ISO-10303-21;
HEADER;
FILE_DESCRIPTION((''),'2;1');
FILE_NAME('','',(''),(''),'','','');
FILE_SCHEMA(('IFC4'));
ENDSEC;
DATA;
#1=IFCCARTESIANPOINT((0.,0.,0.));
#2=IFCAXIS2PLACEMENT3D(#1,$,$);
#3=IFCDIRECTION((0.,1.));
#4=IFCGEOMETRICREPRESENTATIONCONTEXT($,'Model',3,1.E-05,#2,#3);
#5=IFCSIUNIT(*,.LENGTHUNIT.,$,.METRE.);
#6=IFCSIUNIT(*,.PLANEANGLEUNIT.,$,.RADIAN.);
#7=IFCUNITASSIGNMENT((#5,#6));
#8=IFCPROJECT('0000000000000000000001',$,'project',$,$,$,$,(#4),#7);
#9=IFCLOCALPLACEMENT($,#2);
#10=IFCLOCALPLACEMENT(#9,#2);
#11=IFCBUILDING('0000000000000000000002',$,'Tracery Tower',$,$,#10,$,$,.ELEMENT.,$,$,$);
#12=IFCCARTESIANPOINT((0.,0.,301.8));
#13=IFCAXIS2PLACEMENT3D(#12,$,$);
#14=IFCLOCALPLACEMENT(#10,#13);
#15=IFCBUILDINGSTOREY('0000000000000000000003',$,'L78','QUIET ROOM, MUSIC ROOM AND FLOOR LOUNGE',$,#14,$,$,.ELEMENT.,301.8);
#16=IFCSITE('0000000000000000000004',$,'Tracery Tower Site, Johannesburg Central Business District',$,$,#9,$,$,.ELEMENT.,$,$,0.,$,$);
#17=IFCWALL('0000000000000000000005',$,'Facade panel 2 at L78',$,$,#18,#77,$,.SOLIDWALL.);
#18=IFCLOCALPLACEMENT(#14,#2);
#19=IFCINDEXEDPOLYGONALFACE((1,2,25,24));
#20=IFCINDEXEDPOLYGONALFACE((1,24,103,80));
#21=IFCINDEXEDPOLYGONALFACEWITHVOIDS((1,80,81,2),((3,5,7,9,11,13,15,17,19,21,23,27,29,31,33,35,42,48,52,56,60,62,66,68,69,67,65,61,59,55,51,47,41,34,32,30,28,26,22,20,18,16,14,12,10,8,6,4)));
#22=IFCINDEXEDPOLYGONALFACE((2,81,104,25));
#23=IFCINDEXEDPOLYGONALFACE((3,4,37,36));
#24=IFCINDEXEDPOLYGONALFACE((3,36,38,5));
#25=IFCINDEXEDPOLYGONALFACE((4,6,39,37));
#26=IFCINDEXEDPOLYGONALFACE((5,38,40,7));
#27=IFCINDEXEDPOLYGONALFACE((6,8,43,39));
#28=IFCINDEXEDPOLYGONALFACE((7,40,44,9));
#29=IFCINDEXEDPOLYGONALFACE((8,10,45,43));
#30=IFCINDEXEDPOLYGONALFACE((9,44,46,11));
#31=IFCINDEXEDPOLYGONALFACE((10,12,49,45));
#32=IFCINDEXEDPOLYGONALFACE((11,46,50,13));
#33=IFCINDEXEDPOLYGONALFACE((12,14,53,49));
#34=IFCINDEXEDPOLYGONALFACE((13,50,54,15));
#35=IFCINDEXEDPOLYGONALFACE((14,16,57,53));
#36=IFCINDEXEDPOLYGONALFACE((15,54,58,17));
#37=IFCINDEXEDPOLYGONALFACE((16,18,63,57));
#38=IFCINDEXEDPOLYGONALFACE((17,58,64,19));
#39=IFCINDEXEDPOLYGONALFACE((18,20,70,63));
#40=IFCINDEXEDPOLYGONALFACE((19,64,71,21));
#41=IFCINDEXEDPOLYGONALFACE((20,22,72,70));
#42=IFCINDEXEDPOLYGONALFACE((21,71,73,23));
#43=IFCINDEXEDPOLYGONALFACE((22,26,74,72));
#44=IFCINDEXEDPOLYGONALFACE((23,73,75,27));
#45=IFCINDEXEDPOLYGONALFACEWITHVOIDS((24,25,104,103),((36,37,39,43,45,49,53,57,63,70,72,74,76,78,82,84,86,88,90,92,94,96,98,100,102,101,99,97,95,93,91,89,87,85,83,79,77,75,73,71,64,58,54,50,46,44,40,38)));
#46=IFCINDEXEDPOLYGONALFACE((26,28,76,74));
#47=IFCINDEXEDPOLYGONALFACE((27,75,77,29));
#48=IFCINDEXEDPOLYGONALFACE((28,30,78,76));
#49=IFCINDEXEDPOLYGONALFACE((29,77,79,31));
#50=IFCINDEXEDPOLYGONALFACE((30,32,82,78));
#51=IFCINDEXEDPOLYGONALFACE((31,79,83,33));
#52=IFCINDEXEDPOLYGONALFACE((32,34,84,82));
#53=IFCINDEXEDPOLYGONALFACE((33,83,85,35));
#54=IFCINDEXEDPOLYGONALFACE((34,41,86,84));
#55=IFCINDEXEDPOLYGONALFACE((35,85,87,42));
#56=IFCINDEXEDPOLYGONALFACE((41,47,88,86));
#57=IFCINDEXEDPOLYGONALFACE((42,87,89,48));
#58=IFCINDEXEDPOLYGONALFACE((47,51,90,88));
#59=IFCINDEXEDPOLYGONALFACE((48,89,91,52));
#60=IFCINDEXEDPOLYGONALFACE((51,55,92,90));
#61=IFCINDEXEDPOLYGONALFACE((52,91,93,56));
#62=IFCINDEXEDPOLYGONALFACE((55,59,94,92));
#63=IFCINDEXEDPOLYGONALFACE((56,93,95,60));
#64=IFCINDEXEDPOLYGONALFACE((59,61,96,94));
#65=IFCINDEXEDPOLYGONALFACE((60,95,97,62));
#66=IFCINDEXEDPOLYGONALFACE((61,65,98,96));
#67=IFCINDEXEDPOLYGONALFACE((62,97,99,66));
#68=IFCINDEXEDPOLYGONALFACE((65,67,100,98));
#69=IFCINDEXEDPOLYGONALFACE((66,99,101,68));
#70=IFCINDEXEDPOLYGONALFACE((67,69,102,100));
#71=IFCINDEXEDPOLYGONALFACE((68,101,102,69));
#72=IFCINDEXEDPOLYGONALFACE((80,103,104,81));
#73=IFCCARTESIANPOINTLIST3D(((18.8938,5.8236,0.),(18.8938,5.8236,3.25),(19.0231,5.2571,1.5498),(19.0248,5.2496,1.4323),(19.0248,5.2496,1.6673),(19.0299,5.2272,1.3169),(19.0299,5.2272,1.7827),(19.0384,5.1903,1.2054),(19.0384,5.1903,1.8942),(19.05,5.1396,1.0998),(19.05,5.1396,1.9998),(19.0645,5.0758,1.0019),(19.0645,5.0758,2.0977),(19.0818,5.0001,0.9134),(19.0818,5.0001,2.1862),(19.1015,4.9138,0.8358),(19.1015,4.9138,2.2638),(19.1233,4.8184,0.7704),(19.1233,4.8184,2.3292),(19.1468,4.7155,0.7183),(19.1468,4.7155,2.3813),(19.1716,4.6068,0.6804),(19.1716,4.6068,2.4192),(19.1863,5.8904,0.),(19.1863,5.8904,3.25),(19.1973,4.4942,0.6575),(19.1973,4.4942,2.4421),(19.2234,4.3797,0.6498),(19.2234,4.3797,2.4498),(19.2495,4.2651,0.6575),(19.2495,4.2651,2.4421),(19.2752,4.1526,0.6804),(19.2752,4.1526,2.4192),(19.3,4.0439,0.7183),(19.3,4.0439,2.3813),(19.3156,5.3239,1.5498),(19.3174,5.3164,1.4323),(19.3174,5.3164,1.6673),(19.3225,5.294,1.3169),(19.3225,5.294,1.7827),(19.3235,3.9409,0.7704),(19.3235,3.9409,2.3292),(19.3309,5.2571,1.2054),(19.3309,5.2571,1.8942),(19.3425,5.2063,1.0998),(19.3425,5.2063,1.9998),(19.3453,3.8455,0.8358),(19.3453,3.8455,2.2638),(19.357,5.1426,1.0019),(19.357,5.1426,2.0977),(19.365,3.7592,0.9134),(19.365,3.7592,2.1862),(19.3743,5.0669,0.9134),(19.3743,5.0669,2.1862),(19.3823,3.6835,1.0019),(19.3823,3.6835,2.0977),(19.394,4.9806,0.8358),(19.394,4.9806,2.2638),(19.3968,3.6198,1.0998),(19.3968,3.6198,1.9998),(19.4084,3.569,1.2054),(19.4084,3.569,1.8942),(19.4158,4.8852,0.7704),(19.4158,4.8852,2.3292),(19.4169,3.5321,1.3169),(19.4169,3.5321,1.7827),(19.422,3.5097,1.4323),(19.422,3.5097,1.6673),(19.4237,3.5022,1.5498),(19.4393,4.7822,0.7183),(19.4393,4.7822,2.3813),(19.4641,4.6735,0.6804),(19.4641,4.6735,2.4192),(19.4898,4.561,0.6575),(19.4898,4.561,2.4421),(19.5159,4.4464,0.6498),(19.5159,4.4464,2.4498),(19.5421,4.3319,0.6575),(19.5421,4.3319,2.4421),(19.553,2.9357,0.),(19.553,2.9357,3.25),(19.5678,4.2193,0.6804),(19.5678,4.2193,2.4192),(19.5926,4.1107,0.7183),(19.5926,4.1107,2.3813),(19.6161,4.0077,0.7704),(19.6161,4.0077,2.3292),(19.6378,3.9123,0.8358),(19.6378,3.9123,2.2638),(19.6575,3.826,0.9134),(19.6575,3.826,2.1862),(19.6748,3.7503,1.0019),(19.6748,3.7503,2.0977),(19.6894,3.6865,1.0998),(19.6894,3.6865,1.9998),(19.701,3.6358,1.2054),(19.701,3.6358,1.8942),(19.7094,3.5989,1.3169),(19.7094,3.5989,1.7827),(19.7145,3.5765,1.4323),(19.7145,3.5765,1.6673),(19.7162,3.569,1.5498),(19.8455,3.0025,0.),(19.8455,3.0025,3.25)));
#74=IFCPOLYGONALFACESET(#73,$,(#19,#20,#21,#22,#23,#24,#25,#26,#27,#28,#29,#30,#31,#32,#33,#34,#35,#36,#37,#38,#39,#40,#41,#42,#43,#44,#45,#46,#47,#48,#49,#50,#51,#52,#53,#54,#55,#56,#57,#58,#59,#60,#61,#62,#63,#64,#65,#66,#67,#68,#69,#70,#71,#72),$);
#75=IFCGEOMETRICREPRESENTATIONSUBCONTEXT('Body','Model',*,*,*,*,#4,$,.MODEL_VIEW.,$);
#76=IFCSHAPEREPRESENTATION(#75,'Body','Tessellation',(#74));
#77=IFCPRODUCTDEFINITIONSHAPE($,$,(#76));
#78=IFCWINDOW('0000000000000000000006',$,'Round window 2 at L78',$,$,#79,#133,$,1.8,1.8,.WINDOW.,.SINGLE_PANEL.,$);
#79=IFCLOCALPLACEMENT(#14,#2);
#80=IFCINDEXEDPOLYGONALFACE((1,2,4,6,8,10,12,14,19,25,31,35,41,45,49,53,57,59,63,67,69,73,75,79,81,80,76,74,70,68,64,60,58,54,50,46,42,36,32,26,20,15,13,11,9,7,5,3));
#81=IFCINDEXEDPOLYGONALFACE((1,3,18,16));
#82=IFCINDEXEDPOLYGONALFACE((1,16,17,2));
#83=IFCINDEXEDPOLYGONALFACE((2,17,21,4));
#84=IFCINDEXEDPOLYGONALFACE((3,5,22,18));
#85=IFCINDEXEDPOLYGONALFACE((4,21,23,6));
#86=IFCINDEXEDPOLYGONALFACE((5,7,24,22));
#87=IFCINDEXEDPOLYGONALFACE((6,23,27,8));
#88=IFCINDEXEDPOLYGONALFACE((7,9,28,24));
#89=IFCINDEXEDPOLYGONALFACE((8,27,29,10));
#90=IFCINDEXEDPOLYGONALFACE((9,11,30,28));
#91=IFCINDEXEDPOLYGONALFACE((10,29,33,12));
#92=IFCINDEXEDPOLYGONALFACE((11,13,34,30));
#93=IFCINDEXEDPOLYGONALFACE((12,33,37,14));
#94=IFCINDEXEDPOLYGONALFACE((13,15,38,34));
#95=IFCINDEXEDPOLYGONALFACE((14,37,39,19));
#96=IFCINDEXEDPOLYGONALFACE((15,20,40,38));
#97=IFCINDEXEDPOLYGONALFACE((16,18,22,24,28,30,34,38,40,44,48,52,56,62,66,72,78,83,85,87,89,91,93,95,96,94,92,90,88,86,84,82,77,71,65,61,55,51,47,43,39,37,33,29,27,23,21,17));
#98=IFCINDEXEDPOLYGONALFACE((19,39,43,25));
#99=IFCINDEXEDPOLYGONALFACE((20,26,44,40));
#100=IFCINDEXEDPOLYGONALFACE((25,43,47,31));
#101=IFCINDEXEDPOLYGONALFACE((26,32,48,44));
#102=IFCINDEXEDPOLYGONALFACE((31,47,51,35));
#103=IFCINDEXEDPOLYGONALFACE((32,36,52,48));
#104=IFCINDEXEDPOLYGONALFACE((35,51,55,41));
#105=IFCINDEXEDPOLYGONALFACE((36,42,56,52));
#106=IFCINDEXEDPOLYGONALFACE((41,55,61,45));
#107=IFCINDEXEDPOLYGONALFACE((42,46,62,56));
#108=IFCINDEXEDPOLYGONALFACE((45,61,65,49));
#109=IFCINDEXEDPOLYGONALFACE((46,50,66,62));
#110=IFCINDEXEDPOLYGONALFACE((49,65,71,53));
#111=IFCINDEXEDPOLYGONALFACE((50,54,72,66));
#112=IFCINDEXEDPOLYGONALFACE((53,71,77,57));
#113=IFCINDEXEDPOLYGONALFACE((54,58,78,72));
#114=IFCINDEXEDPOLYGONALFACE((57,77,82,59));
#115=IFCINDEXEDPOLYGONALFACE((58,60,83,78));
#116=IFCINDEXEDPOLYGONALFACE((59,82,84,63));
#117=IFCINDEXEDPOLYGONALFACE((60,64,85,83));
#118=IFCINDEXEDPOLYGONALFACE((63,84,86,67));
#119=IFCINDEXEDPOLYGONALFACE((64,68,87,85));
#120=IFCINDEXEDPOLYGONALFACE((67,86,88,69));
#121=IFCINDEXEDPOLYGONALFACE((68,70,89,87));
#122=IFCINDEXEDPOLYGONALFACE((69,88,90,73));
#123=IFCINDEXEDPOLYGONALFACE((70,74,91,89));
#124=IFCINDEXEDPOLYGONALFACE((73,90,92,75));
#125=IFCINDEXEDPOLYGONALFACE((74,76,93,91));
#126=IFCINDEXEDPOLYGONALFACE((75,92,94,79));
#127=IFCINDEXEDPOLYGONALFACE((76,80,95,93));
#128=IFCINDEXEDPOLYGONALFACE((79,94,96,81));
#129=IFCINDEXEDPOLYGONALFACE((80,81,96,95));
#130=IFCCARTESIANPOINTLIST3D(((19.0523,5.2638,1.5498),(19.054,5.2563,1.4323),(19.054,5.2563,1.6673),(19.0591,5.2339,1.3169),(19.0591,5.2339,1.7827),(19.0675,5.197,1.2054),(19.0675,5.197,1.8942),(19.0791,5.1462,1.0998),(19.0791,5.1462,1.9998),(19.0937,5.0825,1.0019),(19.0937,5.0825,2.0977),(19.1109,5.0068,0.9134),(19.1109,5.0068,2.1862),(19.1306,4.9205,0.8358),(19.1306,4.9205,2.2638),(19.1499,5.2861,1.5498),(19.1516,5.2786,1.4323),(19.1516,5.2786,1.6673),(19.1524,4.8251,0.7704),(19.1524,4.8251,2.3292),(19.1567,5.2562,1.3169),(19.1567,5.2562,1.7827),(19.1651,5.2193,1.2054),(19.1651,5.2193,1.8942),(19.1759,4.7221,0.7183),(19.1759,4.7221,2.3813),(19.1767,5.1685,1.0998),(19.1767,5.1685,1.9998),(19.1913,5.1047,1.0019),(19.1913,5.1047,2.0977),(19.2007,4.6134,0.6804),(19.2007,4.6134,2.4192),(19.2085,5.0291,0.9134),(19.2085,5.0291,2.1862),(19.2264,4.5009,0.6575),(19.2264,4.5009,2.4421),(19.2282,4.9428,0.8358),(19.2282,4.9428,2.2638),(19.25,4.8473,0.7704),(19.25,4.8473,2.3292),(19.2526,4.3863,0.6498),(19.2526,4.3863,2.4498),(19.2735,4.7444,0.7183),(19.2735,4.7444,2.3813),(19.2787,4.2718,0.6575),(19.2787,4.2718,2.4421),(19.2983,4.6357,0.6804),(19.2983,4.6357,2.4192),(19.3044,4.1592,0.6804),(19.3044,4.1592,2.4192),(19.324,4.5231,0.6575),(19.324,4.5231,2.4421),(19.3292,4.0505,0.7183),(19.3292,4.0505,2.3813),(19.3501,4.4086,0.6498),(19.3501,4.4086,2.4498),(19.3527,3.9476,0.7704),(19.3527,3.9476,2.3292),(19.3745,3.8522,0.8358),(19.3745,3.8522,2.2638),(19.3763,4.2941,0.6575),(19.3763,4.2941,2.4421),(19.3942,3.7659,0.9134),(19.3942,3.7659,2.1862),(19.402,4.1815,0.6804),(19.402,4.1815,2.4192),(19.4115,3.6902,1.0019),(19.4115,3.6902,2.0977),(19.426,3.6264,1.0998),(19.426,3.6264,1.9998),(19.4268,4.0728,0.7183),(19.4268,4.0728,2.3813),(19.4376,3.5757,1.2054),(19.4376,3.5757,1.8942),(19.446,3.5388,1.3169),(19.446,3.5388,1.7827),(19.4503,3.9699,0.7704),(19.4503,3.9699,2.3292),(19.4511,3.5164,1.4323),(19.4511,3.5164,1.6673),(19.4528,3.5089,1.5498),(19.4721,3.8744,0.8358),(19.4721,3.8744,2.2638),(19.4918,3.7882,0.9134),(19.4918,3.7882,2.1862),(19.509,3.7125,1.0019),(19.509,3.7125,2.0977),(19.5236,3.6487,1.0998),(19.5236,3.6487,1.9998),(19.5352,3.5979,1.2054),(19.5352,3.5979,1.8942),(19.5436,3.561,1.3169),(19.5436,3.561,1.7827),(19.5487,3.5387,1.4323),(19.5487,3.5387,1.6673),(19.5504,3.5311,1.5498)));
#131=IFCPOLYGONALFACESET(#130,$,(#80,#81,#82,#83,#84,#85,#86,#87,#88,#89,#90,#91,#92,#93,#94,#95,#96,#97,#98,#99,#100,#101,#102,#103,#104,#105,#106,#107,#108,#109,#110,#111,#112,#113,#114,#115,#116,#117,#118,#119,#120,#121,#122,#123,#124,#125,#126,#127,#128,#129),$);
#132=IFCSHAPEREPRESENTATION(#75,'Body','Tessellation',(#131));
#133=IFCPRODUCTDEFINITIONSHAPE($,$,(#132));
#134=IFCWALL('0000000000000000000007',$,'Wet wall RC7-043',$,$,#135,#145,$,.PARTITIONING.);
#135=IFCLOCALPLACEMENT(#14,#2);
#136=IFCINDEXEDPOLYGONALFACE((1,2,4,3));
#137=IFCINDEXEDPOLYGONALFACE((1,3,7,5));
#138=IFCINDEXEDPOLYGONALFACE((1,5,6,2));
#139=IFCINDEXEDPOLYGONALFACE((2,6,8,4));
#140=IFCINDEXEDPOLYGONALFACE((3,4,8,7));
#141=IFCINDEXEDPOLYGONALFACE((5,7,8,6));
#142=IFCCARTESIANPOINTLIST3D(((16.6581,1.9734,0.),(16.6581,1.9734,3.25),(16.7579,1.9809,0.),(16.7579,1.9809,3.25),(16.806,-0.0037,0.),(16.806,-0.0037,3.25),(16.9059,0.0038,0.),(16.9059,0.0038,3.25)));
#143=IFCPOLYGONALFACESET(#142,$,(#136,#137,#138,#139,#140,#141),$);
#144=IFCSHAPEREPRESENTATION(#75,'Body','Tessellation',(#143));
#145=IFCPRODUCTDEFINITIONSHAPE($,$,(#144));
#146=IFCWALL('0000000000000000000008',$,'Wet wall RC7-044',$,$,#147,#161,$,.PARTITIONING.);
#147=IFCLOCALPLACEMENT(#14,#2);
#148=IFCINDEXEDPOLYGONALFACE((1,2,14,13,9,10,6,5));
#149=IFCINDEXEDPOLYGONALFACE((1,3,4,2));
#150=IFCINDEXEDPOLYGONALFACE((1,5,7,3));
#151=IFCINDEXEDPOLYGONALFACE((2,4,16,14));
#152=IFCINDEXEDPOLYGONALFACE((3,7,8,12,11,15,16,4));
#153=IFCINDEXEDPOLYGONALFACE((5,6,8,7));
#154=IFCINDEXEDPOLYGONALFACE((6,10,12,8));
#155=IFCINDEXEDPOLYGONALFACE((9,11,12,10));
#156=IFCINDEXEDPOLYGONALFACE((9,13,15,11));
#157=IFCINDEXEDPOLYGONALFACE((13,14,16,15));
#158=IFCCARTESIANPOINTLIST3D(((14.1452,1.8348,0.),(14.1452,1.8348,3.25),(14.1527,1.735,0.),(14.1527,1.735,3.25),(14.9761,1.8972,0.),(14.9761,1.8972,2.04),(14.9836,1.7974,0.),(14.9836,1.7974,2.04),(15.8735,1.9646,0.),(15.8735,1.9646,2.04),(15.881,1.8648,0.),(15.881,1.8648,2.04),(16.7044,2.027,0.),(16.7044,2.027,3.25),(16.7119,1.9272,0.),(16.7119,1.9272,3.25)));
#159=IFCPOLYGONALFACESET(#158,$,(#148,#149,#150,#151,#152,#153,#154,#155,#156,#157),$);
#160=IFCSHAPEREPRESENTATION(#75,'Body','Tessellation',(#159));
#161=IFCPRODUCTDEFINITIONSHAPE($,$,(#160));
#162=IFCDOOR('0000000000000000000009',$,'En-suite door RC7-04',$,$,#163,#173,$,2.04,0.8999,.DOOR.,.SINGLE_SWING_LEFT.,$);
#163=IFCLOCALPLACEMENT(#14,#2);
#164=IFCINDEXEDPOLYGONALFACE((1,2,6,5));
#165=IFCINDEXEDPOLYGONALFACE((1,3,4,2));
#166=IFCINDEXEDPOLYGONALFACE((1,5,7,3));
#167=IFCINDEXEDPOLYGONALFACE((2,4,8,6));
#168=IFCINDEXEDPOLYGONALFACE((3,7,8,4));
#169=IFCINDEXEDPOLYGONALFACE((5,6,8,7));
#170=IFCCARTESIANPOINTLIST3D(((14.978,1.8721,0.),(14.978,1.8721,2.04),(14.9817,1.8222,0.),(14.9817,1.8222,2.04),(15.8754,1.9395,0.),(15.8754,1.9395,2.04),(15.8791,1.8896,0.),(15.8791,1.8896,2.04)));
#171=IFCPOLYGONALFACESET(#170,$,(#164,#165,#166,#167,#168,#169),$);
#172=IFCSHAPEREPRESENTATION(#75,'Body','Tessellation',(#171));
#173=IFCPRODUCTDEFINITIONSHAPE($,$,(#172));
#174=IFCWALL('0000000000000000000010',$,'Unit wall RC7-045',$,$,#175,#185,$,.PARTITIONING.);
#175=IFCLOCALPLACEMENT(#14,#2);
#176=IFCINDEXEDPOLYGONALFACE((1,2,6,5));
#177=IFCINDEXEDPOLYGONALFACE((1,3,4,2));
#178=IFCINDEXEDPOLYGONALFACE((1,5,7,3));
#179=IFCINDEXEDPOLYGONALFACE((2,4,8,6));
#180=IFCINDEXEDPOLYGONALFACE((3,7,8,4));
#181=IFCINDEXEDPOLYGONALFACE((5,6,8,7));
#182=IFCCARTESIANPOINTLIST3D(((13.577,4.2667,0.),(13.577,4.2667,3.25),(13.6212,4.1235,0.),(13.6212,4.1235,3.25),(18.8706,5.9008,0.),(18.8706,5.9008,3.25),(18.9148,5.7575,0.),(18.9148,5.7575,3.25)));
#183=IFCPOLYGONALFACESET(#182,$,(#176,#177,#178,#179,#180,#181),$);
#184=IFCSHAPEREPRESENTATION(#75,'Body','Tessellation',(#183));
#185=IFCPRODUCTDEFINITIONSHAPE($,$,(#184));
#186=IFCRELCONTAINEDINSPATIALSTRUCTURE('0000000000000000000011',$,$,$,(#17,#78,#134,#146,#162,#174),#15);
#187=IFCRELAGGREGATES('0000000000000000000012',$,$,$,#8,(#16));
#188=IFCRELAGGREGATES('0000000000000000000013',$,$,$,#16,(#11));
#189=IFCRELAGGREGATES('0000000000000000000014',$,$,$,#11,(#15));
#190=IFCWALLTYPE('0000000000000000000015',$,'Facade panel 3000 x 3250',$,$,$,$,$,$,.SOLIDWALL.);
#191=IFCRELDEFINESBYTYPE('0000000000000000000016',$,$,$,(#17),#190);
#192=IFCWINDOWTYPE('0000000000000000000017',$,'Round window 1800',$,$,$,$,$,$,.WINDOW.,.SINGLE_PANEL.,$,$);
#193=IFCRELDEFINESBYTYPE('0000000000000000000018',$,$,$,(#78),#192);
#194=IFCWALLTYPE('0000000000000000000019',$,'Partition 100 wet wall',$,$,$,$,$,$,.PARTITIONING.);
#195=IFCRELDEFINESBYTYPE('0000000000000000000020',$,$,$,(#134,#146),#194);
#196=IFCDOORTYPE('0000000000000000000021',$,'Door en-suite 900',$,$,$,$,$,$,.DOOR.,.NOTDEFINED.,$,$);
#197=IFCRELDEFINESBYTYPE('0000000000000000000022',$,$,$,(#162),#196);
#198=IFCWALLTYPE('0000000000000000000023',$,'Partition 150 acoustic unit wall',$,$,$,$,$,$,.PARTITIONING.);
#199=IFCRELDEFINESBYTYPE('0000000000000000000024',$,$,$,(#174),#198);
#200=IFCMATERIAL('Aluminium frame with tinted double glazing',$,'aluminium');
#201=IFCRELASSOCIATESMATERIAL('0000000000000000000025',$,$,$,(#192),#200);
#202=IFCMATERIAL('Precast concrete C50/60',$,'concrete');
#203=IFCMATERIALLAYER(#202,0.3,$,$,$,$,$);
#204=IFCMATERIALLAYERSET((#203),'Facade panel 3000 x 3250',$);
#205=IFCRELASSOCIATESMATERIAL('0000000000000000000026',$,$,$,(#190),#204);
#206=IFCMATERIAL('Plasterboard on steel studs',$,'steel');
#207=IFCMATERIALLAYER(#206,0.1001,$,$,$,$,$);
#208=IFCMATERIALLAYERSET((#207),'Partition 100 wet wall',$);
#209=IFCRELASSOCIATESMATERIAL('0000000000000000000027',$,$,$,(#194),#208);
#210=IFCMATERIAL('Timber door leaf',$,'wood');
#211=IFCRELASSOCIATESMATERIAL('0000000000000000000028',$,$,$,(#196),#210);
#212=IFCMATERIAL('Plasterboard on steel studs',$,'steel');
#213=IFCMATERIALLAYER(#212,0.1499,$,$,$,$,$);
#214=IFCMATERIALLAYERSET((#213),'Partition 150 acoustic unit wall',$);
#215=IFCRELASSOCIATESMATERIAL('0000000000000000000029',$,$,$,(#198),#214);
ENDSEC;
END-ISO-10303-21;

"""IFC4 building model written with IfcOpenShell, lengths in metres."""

from ifc_helpers import new_model, si_unit, direction, frame, frame_2d, origin, origin_2d, place, context, subcontext, project, spatial, rectangle, circle, extrude, material, layer, layer_set, type_object, element, fill, save


model = new_model("IFC4")

# Units and contexts
model_context = context("Model", 3, precision=1e-05, world=origin(), true_north=direction((0.0, 1.0)))
body_context = subcontext(model_context, "Body", "Model", "MODEL_VIEW")
ifc_project = project(units=[si_unit("LENGTHUNIT", "METRE"), si_unit("PLANEANGLEUNIT", "RADIAN")], contexts=[model_context])

# Site, building, storey
site_placement = place(None, origin())
site = spatial("IfcSite", under=ifc_project, at=site_placement, Name="Tracery Tower Site, Johannesburg Central Business District", CompositionType="ELEMENT", RefElevation=0.0)
building_placement = place(site_placement, origin())
building = spatial("IfcBuilding", under=site, at=building_placement, Name="Tracery Tower", CompositionType="ELEMENT")
storey_placement = place(building_placement, frame((0.0, 0.0, 301.8)))
storey = spatial("IfcBuildingStorey", under=building, at=storey_placement, Name="L78", Description="QUIET ROOM, MUSIC ROOM AND FLOOR LOUNGE", CompositionType="ELEMENT", Elevation=301.8)

# Wall, opening, window
ifc_material_1 = material(Name="Aluminium frame with tinted double glazing", Category="aluminium")
window_type = type_object("IfcWindowType", Name="Round window 1800", PartitioningType="SINGLE_PANEL", PredefinedType="WINDOW", material=ifc_material_1)
ifc_material_2 = material(Name="Precast concrete C50/60", Category="concrete")
ifc_layer_1 = layer(ifc_material_2, 0.3)
ifc_layer_set_1 = layer_set([ifc_layer_1], Name="Facade panel 3000 x 3250")
wall_type_1 = type_object("IfcWallType", Name="Facade panel 3000 x 3250", PredefinedType="SOLIDWALL", material=ifc_layer_set_1)
wall_1_placement = place(storey_placement, frame((19.6992, 2.9692, 0.0), z_axis=(0.0, 0.0, 1.0), x_axis=(-0.222529, 0.974926, 0.0)))
wall_1 = element("IfcWall", 1, at=wall_1_placement, inside=storey, type_object=wall_type_1, Name="Facade panel 2 at L78", PredefinedType="SOLIDWALL", context=body_context, shape_type="SweptSolid", body=[
    extrude(rectangle(XDim=2.9622, YDim=0.3, at=frame_2d((1.481, 0.0))), origin(), (0.0, 0.0, 1.0), 3.25),
])
opening_1_placement = place(wall_1_placement, frame((1.481, 0.0, 1.5498)))
opening_1 = element("IfcOpeningElement", 2, at=opening_1_placement, cuts=wall_1, PredefinedType="OPENING", context=body_context, shape_type="SweptSolid", body=[
    extrude(circle(Radius=0.9, at=origin_2d()), frame((0.0, 0.1599, 0.0), z_axis=(0.0, -1.0, 0.0), x_axis=(1.0, 0.0, 0.0)), (0.0, 0.0, 1.0), 0.3201),
])
window_1_placement = place(opening_1_placement, origin())
window_1 = element("IfcWindow", 3, at=window_1_placement, inside=storey, type_object=window_type, Name="Round window 2 at L78", OverallHeight=1.8, OverallWidth=1.8, PartitioningType="SINGLE_PANEL", PredefinedType="WINDOW", context=body_context, shape_type="SweptSolid", body=[
    extrude(circle(Radius=0.9, at=origin_2d()), frame((0.0, 0.1201, 0.0), z_axis=(0.0, -1.0, 0.0), x_axis=(1.0, 0.0, 0.0)), (0.0, 0.0, 1.0), 0.1001),
])
fill(opening_1, window_1)

# Wall
ifc_material_3 = material(Name="Plasterboard on steel studs", Category="steel")
ifc_layer_2 = layer(ifc_material_3, 0.1001)
ifc_layer_set_2 = layer_set([ifc_layer_2], Name="Partition 100 wet wall")
wall_type_2 = type_object("IfcWallType", Name="Partition 100 wet wall", PredefinedType="PARTITIONING", material=ifc_layer_set_2)
wall_2_placement = place(storey_placement, frame((16.708, 1.9771, 0.0), z_axis=(0.0, 0.0, 1.0), x_axis=(0.074625, -0.997212, 0.0)))
element("IfcWall", 4, at=wall_2_placement, inside=storey, type_object=wall_type_2, Name="Wet wall RC7-043", PredefinedType="PARTITIONING", context=body_context, shape_type="SweptSolid", body=[
    extrude(rectangle(XDim=1.9827, YDim=0.1001, at=frame_2d((0.9912, 0.0))), origin(), (0.0, 0.0, 1.0), 3.25),
])

# Wall, opening, door
wall_3_placement = place(storey_placement, frame((14.1489, 1.7849, 0.0), z_axis=(0.0, 0.0, 1.0), x_axis=(0.997193, 0.07487, 0.0)))
wall_3 = element("IfcWall", 5, at=wall_3_placement, inside=storey, type_object=wall_type_2, Name="Wet wall RC7-044", PredefinedType="PARTITIONING", context=body_context, shape_type="SweptSolid", body=[
    extrude(rectangle(XDim=2.5664, YDim=0.1001, at=frame_2d((1.2832, 0.0))), origin(), (0.0, 0.0, 1.0), 3.25),
])
opening_2_placement = place(wall_3_placement, frame((0.8333, 0.0, 0.0)))
opening_2 = element("IfcOpeningElement", 6, at=opening_2_placement, cuts=wall_3, PredefinedType="OPENING", context=body_context, shape_type="SweptSolid", body=[
    extrude(rectangle(XDim=0.8999, YDim=2.04, at=frame_2d((0.45, 1.02))), frame((0.0, 0.05, 0.0), z_axis=(0.0, -1.0, 0.0), x_axis=(1.0, 0.0, 0.0)), (0.0, 0.0, 1.0), 0.1001),
])
ifc_material_4 = material(Name="Timber door leaf", Category="wood")
door_type_1 = type_object("IfcDoorType", Name="Door en-suite 900", OperationType="NOTDEFINED", PredefinedType="DOOR", material=ifc_material_4)
door_1_placement = place(opening_2_placement, origin())
door_1 = element("IfcDoor", 7, at=door_1_placement, inside=storey, type_object=door_type_1, Name="En-suite door RC7-04", OperationType="SINGLE_SWING_LEFT", OverallHeight=2.04, OverallWidth=0.8999, PredefinedType="DOOR", context=body_context, shape_type="SweptSolid", body=[
    extrude(rectangle(XDim=0.8999, YDim=2.04, at=frame_2d((0.45, 1.02))), frame((0.0, 0.0249, 0.0), z_axis=(0.0, -1.0, 0.0), x_axis=(1.0, 0.0, 0.0)), (0.0, 0.0, 1.0), 0.05),
])
fill(opening_2, door_1)

# Wall
ifc_material_5 = material(Name="Plasterboard on steel studs", Category="steel")
ifc_layer_3 = layer(ifc_material_5, 0.1499)
ifc_layer_set_3 = layer_set([ifc_layer_3], Name="Partition 150 acoustic unit wall")
wall_type_3 = type_object("IfcWallType", Name="Partition 150 acoustic unit wall", PredefinedType="PARTITIONING", material=ifc_layer_set_3)
wall_4_placement = place(storey_placement, frame((13.5991, 4.1951, 0.0), z_axis=(0.0, 0.0, 1.0), x_axis=(0.955511, 0.294956, 0.0)))
element("IfcWall", 8, at=wall_4_placement, inside=storey, type_object=wall_type_3, Name="Unit wall RC7-045", PredefinedType="PARTITIONING", context=body_context, shape_type="SweptSolid", body=[
    extrude(rectangle(XDim=5.54, YDim=0.1499, at=frame_2d((2.77, 0.0))), origin(), (0.0, 0.0, 1.0), 3.25),
])

save(model, "model.ifc")
